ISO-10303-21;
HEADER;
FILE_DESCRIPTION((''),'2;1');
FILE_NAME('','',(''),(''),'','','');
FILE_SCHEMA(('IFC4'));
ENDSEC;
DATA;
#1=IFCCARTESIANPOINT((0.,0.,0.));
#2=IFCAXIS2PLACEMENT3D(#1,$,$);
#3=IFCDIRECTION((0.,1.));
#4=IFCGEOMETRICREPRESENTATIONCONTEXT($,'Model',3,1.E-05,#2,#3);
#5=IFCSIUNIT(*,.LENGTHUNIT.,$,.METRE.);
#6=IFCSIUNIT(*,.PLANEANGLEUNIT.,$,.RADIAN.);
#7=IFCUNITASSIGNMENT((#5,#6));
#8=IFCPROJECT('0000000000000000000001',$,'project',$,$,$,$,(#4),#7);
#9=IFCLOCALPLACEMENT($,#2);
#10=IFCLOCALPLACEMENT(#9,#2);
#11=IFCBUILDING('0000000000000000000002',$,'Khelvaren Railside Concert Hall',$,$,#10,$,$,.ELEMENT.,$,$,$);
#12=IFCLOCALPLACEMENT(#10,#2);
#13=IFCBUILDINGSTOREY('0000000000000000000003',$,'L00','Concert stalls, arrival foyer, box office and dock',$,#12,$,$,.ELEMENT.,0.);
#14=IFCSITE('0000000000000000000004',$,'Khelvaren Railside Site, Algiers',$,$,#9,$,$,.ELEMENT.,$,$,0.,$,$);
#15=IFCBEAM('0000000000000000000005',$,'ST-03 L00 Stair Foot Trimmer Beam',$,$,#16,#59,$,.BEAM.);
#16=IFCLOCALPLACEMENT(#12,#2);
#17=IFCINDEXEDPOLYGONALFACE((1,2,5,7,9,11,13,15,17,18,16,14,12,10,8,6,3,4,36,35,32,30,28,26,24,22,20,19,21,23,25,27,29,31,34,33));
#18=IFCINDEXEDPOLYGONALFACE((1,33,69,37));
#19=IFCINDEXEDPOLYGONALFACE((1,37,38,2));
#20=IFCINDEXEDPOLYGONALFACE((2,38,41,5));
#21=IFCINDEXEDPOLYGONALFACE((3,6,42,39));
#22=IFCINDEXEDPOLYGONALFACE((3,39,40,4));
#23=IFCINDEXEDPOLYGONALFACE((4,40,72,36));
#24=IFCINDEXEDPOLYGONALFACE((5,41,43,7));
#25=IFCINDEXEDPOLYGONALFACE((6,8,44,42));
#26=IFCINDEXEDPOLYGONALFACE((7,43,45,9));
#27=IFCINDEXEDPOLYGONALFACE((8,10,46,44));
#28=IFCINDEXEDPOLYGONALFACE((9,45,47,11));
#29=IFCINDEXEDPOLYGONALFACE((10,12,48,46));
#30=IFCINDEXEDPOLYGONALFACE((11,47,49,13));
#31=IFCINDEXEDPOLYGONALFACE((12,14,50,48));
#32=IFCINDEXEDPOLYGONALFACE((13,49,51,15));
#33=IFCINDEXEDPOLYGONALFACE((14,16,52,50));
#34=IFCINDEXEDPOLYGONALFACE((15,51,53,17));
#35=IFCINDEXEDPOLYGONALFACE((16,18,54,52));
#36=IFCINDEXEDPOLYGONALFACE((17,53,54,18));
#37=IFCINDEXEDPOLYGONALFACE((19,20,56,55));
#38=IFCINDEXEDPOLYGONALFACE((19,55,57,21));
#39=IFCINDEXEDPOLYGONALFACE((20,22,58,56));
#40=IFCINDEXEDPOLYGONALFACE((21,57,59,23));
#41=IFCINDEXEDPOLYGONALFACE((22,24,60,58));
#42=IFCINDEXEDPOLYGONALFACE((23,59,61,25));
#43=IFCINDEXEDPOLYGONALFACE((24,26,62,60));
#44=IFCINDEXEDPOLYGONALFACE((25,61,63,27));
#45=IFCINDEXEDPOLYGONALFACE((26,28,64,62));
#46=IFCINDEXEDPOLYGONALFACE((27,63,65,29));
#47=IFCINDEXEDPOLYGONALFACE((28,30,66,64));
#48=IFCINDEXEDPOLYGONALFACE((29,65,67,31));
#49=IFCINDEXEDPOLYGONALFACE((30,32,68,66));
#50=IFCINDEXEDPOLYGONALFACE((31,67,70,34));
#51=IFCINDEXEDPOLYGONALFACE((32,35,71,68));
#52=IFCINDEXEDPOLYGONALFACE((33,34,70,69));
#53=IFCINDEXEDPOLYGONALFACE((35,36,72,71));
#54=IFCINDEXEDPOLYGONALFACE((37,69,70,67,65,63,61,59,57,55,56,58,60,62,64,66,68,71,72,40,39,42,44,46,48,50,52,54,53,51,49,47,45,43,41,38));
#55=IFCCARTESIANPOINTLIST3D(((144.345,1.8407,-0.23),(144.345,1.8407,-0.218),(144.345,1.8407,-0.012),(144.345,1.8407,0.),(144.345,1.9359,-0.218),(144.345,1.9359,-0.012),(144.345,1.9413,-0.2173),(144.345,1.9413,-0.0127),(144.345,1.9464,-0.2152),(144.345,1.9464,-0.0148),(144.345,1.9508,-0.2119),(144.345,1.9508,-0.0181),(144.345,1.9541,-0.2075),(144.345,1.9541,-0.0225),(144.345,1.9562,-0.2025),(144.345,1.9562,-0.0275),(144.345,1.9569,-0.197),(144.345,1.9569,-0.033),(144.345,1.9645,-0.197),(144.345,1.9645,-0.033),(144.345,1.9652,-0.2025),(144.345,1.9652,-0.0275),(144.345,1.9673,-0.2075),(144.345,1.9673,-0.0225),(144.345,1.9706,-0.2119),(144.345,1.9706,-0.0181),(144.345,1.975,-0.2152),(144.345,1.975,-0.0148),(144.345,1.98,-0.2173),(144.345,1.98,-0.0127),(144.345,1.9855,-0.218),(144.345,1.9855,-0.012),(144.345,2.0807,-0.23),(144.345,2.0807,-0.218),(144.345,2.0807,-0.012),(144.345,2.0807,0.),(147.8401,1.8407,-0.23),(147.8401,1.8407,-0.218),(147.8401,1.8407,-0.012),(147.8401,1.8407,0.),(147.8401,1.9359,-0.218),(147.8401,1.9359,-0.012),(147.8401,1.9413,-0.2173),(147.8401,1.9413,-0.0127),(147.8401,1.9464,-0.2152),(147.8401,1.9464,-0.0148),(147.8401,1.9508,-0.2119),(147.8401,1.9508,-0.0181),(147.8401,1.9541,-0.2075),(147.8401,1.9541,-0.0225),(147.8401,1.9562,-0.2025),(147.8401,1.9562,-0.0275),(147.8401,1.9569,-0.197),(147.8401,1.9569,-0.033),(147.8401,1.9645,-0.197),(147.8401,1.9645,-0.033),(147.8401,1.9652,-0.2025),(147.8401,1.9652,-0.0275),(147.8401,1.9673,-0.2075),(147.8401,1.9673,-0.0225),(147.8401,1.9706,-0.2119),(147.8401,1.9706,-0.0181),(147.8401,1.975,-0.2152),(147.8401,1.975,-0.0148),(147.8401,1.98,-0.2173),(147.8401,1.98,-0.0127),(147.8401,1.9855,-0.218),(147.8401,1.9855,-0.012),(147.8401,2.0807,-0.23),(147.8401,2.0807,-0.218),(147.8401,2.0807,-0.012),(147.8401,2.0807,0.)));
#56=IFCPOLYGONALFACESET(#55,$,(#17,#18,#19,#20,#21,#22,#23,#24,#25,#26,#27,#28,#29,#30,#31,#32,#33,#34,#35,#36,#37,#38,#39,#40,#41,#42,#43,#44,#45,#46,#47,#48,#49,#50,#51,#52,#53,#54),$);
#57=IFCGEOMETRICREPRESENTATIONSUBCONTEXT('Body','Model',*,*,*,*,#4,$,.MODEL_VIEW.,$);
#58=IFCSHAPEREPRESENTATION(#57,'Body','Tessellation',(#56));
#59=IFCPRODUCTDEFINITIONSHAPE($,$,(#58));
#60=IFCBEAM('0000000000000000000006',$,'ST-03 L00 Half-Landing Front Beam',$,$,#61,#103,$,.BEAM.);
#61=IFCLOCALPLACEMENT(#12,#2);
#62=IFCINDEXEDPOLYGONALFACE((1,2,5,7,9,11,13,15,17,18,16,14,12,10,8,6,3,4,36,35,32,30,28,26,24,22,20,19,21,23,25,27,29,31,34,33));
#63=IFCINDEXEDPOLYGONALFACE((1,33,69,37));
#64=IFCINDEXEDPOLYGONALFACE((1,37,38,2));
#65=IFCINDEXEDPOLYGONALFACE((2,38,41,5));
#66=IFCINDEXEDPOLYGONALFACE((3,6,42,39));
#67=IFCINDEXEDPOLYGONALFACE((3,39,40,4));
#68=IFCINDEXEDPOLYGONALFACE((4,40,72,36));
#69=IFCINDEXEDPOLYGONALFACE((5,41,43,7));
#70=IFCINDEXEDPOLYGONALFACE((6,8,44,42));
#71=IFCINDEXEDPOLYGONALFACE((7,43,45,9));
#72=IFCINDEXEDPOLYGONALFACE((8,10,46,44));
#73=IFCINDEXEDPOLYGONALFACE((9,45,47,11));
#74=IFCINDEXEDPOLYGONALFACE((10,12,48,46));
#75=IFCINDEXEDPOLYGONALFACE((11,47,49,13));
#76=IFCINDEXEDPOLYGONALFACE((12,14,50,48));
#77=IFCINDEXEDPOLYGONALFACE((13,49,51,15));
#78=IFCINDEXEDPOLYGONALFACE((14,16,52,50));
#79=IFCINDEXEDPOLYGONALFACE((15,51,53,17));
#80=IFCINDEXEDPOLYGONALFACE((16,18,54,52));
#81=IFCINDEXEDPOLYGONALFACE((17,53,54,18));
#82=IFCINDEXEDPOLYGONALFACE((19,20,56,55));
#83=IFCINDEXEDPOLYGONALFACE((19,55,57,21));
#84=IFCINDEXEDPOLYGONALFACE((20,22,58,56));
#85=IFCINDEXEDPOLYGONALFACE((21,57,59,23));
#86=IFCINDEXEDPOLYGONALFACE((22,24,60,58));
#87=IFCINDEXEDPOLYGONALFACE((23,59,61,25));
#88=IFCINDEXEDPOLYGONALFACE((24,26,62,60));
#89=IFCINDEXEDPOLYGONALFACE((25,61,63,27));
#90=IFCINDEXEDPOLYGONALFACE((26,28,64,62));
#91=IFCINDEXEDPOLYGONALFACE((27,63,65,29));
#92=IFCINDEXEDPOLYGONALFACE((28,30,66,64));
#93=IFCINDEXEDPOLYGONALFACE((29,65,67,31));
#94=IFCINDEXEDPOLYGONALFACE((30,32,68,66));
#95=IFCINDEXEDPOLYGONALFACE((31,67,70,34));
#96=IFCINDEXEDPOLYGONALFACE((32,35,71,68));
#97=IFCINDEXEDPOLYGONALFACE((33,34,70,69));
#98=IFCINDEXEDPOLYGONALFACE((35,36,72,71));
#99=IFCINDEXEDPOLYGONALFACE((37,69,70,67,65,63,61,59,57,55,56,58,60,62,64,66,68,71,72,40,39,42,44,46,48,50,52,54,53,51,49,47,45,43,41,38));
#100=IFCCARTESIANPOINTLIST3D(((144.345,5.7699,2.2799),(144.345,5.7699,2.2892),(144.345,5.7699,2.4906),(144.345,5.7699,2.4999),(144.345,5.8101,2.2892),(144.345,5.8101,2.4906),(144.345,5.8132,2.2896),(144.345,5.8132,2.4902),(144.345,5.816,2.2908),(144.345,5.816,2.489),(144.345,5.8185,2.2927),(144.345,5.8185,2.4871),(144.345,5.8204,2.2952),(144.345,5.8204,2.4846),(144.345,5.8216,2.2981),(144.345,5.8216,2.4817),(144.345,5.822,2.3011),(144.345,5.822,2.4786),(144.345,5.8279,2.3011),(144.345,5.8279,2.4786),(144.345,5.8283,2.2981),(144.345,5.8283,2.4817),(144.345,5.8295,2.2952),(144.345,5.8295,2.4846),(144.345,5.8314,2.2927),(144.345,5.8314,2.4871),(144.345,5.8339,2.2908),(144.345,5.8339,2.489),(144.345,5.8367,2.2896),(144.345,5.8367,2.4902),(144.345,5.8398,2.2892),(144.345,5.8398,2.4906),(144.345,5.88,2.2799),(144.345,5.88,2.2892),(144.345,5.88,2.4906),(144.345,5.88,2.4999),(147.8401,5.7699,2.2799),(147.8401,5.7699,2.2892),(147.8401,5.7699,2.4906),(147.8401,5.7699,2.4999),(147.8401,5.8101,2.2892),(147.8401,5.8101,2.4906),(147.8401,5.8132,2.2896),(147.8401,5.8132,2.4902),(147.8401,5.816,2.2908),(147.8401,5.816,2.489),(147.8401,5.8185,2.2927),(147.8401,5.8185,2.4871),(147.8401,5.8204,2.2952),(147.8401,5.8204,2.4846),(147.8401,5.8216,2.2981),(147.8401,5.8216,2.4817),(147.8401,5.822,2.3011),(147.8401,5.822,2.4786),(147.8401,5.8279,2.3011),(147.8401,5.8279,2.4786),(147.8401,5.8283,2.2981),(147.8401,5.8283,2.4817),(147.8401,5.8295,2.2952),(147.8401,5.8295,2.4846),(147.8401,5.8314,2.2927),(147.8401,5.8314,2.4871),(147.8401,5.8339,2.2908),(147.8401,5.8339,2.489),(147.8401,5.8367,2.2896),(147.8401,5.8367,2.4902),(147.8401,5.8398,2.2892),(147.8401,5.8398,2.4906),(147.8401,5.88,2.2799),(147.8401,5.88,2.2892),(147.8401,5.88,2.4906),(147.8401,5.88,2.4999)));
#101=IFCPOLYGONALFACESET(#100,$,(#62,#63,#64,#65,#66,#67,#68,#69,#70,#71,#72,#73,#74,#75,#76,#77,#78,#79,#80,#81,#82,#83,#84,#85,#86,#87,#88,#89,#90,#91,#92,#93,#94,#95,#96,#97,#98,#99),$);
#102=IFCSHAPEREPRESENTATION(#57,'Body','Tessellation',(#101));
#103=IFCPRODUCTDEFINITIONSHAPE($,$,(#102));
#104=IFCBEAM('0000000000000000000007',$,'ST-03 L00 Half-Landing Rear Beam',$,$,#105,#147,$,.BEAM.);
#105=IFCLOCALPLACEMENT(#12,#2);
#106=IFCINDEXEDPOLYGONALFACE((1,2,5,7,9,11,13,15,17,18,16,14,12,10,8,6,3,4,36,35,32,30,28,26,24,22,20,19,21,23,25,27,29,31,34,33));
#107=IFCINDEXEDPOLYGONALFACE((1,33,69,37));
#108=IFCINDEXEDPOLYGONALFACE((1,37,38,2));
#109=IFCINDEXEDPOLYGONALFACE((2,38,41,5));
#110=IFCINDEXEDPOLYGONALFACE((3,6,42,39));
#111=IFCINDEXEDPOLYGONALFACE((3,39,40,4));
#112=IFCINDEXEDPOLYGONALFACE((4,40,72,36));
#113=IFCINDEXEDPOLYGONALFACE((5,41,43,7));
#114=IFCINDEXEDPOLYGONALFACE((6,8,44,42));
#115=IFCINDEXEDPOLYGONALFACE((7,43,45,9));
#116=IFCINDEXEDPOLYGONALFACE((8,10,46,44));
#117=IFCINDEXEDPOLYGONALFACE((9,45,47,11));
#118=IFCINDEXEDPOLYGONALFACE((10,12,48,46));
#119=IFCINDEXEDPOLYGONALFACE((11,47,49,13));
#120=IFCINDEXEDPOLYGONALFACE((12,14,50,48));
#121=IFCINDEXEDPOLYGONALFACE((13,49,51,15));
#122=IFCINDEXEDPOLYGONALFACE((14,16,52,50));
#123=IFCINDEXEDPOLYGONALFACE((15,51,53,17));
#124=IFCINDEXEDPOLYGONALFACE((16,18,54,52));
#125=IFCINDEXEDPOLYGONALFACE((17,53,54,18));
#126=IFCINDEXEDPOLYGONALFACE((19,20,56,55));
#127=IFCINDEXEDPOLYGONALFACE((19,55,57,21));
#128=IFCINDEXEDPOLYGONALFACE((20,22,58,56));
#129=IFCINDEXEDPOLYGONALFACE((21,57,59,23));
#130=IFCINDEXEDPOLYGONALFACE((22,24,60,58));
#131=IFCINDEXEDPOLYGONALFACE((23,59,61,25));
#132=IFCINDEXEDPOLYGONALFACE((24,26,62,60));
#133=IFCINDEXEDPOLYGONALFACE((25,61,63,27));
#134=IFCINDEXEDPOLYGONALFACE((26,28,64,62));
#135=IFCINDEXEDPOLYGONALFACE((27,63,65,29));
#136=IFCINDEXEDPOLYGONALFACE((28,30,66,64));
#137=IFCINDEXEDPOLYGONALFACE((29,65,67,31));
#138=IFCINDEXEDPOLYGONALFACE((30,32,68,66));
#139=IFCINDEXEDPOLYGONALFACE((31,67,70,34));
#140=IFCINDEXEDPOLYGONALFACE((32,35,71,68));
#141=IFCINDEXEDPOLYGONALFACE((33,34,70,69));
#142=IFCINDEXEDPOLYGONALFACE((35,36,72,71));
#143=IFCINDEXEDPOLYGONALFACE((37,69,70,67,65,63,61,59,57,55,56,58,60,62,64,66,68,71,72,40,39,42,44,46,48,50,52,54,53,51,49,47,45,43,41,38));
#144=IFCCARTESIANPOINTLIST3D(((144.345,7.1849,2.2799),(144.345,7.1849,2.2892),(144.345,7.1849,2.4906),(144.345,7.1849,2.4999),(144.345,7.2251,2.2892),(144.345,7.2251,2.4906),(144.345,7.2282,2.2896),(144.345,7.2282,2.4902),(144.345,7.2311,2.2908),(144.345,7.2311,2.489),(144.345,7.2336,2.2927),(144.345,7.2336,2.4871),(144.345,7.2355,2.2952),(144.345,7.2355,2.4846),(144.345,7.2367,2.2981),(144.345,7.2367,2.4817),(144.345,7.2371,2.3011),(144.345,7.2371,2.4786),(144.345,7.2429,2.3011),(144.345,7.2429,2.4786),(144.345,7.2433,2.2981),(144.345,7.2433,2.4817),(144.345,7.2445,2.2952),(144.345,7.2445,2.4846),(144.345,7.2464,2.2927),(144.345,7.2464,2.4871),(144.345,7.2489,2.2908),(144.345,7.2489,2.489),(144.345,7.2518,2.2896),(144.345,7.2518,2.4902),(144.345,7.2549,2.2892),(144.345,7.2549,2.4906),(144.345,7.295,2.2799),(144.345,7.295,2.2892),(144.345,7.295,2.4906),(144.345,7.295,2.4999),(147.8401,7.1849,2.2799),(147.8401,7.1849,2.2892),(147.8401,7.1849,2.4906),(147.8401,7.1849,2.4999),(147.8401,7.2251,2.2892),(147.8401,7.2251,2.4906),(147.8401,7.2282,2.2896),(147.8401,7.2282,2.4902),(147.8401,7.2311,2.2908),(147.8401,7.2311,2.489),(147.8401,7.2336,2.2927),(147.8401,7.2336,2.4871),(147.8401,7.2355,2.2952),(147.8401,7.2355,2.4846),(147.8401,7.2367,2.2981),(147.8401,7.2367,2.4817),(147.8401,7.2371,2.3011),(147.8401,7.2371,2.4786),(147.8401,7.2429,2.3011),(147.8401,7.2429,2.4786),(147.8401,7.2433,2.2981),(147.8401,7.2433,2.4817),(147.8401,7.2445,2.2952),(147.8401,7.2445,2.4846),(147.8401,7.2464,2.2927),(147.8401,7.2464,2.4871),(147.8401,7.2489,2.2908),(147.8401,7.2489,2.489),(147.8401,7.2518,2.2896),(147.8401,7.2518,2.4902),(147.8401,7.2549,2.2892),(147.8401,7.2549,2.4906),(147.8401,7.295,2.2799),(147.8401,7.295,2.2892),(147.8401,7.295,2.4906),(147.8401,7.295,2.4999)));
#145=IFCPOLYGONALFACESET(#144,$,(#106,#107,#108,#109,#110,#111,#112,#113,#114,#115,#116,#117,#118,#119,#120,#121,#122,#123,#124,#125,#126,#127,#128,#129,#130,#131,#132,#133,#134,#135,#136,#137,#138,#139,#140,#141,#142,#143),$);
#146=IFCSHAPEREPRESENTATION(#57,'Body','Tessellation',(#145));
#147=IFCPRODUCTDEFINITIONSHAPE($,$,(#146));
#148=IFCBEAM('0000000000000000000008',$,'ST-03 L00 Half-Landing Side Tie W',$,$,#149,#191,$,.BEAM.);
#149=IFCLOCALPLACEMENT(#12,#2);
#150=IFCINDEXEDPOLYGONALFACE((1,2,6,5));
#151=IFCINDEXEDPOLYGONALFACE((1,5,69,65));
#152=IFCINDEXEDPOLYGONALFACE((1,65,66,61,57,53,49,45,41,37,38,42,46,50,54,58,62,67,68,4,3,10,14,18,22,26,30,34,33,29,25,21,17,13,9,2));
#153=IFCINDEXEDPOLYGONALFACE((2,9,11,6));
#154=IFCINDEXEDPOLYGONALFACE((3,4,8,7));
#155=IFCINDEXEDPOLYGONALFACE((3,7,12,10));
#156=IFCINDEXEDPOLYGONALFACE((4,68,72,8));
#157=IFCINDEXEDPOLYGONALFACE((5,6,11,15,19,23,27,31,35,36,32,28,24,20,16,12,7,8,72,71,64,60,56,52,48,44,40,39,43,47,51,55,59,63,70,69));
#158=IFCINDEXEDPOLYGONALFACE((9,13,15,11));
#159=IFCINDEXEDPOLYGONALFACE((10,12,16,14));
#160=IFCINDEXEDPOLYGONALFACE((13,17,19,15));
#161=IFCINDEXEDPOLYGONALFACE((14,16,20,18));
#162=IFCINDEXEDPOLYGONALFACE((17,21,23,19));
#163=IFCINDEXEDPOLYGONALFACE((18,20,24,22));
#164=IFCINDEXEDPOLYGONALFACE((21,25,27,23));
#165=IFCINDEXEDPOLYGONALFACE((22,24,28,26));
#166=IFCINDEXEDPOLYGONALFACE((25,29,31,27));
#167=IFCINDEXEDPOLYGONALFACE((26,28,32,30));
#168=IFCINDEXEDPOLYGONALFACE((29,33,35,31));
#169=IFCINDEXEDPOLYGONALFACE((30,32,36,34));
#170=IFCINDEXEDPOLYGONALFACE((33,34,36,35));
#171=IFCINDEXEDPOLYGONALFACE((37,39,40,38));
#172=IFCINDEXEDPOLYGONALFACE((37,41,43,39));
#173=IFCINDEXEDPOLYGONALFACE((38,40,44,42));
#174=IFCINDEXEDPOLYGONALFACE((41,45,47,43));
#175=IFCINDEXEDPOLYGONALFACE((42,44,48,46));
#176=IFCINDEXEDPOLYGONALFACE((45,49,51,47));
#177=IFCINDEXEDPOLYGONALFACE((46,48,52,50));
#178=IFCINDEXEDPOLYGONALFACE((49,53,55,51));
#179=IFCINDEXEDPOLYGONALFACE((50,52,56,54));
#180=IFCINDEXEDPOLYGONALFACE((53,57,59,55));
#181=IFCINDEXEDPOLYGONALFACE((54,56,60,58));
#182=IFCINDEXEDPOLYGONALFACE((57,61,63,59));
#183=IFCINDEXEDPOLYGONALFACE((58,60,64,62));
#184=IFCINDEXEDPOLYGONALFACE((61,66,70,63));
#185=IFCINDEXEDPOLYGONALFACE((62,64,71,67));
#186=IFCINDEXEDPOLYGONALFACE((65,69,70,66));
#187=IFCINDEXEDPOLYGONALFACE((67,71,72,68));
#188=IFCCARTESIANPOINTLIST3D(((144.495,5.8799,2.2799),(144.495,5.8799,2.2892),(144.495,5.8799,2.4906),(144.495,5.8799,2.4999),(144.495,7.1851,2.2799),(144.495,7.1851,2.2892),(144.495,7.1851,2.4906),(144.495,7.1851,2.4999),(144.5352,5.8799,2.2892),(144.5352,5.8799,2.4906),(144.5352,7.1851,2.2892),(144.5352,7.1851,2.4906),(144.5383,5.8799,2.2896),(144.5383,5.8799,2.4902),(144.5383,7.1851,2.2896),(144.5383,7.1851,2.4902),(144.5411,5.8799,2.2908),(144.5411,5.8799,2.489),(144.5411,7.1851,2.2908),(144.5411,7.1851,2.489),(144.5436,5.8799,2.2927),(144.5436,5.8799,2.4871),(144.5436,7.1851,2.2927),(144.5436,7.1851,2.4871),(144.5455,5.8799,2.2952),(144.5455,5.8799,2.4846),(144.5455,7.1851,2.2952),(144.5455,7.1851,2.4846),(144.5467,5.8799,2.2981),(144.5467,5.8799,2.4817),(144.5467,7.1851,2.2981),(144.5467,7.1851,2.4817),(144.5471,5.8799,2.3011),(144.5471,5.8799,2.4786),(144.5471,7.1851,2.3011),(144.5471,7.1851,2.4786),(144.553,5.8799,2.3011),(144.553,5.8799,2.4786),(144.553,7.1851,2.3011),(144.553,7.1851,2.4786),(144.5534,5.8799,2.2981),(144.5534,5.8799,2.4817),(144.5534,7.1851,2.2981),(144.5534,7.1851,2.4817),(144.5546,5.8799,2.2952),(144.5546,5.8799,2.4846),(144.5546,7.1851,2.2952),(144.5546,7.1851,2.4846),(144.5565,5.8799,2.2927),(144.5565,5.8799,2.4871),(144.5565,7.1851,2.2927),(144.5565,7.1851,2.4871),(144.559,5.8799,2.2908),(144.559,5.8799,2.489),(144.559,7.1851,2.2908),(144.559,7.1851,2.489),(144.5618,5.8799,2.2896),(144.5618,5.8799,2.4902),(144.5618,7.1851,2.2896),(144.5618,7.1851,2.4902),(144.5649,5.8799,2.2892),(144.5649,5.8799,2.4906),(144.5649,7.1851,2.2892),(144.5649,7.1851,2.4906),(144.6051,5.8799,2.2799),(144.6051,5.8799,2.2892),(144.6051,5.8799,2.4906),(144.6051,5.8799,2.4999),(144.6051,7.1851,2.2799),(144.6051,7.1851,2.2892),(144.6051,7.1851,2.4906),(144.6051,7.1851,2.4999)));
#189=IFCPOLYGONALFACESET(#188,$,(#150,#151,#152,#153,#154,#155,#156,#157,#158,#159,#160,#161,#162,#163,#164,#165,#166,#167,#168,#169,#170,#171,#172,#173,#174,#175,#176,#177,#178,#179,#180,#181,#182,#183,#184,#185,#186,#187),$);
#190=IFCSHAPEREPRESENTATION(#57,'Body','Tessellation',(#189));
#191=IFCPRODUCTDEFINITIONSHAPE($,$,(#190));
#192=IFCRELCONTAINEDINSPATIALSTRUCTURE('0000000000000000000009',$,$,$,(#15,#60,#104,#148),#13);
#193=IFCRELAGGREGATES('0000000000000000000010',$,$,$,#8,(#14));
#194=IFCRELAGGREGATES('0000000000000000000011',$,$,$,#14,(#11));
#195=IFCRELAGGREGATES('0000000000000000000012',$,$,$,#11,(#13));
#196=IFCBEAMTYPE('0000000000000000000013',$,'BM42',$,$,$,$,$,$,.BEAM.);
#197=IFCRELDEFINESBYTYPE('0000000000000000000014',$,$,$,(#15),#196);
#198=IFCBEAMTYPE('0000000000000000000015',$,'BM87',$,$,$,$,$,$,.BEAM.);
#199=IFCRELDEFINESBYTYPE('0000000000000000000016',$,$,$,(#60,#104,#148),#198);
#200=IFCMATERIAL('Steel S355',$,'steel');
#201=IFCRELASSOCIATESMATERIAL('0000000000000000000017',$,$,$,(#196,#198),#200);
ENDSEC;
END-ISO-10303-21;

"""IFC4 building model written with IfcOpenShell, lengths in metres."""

from ifc_helpers import new_model, si_unit, direction, frame, origin, origin_2d, place, context, subcontext, project, spatial, i_section, extrude, material, material_profile, profile_set, type_object, element, save


model = new_model("IFC4")

# Units and contexts
model_context = context("Model", 3, precision=1e-05, world=origin(), true_north=direction((0.0, 1.0)))
body_context = subcontext(model_context, "Body", "Model", "MODEL_VIEW")
ifc_project = project(units=[si_unit("LENGTHUNIT", "METRE"), si_unit("PLANEANGLEUNIT", "RADIAN")], contexts=[model_context])

# Site, building, storey
site_placement = place(None, origin())
site = spatial("IfcSite", under=ifc_project, at=site_placement, Name="Khelvaren Railside Site, Algiers", CompositionType="ELEMENT", RefElevation=0.0)
building_placement = place(site_placement, origin())
building = spatial("IfcBuilding", under=site, at=building_placement, Name="Khelvaren Railside Concert Hall", CompositionType="ELEMENT")
storey_placement = place(building_placement, origin())
storey = spatial("IfcBuildingStorey", under=building, at=storey_placement, Name="L00", Description="Concert stalls, arrival foyer, box office and dock", CompositionType="ELEMENT", Elevation=0.0)

# Beams
ifc_material_1 = material(Name="Steel S355", Category="steel")
ifc_material_profile_1 = material_profile(ifc_material_1, i_section(OverallWidth=0.24, OverallDepth=0.23, WebThickness=0.0076, FlangeThickness=0.012, FilletRadius=0.021, at=origin_2d()), Name="HEA 240")
ifc_profile_set_1 = profile_set([ifc_material_profile_1], Name="Steel S355")
beam_type_1 = type_object("IfcBeamType", Name="BM42", PredefinedType="BEAM", material=ifc_profile_set_1)
beam_1_placement = place(storey_placement, frame((144.345, 1.9607, -0.115), z_axis=(1.0, 0.0, 0.0), x_axis=(0.0, 1.0, 0.0)))
element("IfcBeam", 1, at=beam_1_placement, inside=storey, type_object=beam_type_1, Name="ST-03 L00 Stair Foot Trimmer Beam", PredefinedType="BEAM", context=body_context, shape_type="SweptSolid", body=[
    extrude(i_section(OverallWidth=0.24, OverallDepth=0.23, WebThickness=0.0076, FlangeThickness=0.012, FilletRadius=0.021, at=origin_2d()), origin(), (0.0, 0.0, 1.0), 3.4951),
])
ifc_material_profile_2 = material_profile(ifc_material_1, i_section(OverallWidth=0.1101, OverallDepth=0.22, WebThickness=0.0059, FlangeThickness=0.0093, FilletRadius=0.012, at=origin_2d()), Name="IPE 220")
ifc_profile_set_2 = profile_set([ifc_material_profile_2], Name="Steel S355")
beam_type_2 = type_object("IfcBeamType", Name="BM87", PredefinedType="BEAM", material=ifc_profile_set_2)
for number, where, z_axis, x_axis, name in (
    (2, (144.345, 5.825, 2.3899), (1.0, 0.0, 0.0), (0.0, 1.0, 0.0), "ST-03 L00 Half-Landing Front Beam"),
    (3, (144.345, 7.24, 2.3899), (1.0, 0.0, 0.0), (0.0, 1.0, 0.0), "ST-03 L00 Half-Landing Rear Beam"),
):
    element("IfcBeam", number, at=place(storey_placement, frame(where, z_axis=z_axis, x_axis=x_axis)), inside=storey, type_object=beam_type_2, Name=name, PredefinedType="BEAM", context=body_context, shape_type="SweptSolid", body=[
        extrude(i_section(OverallWidth=0.1101, OverallDepth=0.22, WebThickness=0.0059, FlangeThickness=0.0093, FilletRadius=0.012, at=origin_2d()), origin(), (0.0, 0.0, 1.0), 3.4951),
    ])
beam_2_placement = place(storey_placement, frame((144.55, 5.8799, 2.3899), z_axis=(0.0, 1.0, 0.0), x_axis=(-1.0, 0.0, 0.0)))
element("IfcBeam", 4, at=beam_2_placement, inside=storey, type_object=beam_type_2, Name="ST-03 L00 Half-Landing Side Tie W", PredefinedType="BEAM", context=body_context, shape_type="SweptSolid", body=[
    extrude(i_section(OverallWidth=0.1101, OverallDepth=0.22, WebThickness=0.0059, FlangeThickness=0.0093, FilletRadius=0.012, at=origin_2d()), origin(), (0.0, 0.0, 1.0), 1.3052),
])

save(model, "model.ifc")
